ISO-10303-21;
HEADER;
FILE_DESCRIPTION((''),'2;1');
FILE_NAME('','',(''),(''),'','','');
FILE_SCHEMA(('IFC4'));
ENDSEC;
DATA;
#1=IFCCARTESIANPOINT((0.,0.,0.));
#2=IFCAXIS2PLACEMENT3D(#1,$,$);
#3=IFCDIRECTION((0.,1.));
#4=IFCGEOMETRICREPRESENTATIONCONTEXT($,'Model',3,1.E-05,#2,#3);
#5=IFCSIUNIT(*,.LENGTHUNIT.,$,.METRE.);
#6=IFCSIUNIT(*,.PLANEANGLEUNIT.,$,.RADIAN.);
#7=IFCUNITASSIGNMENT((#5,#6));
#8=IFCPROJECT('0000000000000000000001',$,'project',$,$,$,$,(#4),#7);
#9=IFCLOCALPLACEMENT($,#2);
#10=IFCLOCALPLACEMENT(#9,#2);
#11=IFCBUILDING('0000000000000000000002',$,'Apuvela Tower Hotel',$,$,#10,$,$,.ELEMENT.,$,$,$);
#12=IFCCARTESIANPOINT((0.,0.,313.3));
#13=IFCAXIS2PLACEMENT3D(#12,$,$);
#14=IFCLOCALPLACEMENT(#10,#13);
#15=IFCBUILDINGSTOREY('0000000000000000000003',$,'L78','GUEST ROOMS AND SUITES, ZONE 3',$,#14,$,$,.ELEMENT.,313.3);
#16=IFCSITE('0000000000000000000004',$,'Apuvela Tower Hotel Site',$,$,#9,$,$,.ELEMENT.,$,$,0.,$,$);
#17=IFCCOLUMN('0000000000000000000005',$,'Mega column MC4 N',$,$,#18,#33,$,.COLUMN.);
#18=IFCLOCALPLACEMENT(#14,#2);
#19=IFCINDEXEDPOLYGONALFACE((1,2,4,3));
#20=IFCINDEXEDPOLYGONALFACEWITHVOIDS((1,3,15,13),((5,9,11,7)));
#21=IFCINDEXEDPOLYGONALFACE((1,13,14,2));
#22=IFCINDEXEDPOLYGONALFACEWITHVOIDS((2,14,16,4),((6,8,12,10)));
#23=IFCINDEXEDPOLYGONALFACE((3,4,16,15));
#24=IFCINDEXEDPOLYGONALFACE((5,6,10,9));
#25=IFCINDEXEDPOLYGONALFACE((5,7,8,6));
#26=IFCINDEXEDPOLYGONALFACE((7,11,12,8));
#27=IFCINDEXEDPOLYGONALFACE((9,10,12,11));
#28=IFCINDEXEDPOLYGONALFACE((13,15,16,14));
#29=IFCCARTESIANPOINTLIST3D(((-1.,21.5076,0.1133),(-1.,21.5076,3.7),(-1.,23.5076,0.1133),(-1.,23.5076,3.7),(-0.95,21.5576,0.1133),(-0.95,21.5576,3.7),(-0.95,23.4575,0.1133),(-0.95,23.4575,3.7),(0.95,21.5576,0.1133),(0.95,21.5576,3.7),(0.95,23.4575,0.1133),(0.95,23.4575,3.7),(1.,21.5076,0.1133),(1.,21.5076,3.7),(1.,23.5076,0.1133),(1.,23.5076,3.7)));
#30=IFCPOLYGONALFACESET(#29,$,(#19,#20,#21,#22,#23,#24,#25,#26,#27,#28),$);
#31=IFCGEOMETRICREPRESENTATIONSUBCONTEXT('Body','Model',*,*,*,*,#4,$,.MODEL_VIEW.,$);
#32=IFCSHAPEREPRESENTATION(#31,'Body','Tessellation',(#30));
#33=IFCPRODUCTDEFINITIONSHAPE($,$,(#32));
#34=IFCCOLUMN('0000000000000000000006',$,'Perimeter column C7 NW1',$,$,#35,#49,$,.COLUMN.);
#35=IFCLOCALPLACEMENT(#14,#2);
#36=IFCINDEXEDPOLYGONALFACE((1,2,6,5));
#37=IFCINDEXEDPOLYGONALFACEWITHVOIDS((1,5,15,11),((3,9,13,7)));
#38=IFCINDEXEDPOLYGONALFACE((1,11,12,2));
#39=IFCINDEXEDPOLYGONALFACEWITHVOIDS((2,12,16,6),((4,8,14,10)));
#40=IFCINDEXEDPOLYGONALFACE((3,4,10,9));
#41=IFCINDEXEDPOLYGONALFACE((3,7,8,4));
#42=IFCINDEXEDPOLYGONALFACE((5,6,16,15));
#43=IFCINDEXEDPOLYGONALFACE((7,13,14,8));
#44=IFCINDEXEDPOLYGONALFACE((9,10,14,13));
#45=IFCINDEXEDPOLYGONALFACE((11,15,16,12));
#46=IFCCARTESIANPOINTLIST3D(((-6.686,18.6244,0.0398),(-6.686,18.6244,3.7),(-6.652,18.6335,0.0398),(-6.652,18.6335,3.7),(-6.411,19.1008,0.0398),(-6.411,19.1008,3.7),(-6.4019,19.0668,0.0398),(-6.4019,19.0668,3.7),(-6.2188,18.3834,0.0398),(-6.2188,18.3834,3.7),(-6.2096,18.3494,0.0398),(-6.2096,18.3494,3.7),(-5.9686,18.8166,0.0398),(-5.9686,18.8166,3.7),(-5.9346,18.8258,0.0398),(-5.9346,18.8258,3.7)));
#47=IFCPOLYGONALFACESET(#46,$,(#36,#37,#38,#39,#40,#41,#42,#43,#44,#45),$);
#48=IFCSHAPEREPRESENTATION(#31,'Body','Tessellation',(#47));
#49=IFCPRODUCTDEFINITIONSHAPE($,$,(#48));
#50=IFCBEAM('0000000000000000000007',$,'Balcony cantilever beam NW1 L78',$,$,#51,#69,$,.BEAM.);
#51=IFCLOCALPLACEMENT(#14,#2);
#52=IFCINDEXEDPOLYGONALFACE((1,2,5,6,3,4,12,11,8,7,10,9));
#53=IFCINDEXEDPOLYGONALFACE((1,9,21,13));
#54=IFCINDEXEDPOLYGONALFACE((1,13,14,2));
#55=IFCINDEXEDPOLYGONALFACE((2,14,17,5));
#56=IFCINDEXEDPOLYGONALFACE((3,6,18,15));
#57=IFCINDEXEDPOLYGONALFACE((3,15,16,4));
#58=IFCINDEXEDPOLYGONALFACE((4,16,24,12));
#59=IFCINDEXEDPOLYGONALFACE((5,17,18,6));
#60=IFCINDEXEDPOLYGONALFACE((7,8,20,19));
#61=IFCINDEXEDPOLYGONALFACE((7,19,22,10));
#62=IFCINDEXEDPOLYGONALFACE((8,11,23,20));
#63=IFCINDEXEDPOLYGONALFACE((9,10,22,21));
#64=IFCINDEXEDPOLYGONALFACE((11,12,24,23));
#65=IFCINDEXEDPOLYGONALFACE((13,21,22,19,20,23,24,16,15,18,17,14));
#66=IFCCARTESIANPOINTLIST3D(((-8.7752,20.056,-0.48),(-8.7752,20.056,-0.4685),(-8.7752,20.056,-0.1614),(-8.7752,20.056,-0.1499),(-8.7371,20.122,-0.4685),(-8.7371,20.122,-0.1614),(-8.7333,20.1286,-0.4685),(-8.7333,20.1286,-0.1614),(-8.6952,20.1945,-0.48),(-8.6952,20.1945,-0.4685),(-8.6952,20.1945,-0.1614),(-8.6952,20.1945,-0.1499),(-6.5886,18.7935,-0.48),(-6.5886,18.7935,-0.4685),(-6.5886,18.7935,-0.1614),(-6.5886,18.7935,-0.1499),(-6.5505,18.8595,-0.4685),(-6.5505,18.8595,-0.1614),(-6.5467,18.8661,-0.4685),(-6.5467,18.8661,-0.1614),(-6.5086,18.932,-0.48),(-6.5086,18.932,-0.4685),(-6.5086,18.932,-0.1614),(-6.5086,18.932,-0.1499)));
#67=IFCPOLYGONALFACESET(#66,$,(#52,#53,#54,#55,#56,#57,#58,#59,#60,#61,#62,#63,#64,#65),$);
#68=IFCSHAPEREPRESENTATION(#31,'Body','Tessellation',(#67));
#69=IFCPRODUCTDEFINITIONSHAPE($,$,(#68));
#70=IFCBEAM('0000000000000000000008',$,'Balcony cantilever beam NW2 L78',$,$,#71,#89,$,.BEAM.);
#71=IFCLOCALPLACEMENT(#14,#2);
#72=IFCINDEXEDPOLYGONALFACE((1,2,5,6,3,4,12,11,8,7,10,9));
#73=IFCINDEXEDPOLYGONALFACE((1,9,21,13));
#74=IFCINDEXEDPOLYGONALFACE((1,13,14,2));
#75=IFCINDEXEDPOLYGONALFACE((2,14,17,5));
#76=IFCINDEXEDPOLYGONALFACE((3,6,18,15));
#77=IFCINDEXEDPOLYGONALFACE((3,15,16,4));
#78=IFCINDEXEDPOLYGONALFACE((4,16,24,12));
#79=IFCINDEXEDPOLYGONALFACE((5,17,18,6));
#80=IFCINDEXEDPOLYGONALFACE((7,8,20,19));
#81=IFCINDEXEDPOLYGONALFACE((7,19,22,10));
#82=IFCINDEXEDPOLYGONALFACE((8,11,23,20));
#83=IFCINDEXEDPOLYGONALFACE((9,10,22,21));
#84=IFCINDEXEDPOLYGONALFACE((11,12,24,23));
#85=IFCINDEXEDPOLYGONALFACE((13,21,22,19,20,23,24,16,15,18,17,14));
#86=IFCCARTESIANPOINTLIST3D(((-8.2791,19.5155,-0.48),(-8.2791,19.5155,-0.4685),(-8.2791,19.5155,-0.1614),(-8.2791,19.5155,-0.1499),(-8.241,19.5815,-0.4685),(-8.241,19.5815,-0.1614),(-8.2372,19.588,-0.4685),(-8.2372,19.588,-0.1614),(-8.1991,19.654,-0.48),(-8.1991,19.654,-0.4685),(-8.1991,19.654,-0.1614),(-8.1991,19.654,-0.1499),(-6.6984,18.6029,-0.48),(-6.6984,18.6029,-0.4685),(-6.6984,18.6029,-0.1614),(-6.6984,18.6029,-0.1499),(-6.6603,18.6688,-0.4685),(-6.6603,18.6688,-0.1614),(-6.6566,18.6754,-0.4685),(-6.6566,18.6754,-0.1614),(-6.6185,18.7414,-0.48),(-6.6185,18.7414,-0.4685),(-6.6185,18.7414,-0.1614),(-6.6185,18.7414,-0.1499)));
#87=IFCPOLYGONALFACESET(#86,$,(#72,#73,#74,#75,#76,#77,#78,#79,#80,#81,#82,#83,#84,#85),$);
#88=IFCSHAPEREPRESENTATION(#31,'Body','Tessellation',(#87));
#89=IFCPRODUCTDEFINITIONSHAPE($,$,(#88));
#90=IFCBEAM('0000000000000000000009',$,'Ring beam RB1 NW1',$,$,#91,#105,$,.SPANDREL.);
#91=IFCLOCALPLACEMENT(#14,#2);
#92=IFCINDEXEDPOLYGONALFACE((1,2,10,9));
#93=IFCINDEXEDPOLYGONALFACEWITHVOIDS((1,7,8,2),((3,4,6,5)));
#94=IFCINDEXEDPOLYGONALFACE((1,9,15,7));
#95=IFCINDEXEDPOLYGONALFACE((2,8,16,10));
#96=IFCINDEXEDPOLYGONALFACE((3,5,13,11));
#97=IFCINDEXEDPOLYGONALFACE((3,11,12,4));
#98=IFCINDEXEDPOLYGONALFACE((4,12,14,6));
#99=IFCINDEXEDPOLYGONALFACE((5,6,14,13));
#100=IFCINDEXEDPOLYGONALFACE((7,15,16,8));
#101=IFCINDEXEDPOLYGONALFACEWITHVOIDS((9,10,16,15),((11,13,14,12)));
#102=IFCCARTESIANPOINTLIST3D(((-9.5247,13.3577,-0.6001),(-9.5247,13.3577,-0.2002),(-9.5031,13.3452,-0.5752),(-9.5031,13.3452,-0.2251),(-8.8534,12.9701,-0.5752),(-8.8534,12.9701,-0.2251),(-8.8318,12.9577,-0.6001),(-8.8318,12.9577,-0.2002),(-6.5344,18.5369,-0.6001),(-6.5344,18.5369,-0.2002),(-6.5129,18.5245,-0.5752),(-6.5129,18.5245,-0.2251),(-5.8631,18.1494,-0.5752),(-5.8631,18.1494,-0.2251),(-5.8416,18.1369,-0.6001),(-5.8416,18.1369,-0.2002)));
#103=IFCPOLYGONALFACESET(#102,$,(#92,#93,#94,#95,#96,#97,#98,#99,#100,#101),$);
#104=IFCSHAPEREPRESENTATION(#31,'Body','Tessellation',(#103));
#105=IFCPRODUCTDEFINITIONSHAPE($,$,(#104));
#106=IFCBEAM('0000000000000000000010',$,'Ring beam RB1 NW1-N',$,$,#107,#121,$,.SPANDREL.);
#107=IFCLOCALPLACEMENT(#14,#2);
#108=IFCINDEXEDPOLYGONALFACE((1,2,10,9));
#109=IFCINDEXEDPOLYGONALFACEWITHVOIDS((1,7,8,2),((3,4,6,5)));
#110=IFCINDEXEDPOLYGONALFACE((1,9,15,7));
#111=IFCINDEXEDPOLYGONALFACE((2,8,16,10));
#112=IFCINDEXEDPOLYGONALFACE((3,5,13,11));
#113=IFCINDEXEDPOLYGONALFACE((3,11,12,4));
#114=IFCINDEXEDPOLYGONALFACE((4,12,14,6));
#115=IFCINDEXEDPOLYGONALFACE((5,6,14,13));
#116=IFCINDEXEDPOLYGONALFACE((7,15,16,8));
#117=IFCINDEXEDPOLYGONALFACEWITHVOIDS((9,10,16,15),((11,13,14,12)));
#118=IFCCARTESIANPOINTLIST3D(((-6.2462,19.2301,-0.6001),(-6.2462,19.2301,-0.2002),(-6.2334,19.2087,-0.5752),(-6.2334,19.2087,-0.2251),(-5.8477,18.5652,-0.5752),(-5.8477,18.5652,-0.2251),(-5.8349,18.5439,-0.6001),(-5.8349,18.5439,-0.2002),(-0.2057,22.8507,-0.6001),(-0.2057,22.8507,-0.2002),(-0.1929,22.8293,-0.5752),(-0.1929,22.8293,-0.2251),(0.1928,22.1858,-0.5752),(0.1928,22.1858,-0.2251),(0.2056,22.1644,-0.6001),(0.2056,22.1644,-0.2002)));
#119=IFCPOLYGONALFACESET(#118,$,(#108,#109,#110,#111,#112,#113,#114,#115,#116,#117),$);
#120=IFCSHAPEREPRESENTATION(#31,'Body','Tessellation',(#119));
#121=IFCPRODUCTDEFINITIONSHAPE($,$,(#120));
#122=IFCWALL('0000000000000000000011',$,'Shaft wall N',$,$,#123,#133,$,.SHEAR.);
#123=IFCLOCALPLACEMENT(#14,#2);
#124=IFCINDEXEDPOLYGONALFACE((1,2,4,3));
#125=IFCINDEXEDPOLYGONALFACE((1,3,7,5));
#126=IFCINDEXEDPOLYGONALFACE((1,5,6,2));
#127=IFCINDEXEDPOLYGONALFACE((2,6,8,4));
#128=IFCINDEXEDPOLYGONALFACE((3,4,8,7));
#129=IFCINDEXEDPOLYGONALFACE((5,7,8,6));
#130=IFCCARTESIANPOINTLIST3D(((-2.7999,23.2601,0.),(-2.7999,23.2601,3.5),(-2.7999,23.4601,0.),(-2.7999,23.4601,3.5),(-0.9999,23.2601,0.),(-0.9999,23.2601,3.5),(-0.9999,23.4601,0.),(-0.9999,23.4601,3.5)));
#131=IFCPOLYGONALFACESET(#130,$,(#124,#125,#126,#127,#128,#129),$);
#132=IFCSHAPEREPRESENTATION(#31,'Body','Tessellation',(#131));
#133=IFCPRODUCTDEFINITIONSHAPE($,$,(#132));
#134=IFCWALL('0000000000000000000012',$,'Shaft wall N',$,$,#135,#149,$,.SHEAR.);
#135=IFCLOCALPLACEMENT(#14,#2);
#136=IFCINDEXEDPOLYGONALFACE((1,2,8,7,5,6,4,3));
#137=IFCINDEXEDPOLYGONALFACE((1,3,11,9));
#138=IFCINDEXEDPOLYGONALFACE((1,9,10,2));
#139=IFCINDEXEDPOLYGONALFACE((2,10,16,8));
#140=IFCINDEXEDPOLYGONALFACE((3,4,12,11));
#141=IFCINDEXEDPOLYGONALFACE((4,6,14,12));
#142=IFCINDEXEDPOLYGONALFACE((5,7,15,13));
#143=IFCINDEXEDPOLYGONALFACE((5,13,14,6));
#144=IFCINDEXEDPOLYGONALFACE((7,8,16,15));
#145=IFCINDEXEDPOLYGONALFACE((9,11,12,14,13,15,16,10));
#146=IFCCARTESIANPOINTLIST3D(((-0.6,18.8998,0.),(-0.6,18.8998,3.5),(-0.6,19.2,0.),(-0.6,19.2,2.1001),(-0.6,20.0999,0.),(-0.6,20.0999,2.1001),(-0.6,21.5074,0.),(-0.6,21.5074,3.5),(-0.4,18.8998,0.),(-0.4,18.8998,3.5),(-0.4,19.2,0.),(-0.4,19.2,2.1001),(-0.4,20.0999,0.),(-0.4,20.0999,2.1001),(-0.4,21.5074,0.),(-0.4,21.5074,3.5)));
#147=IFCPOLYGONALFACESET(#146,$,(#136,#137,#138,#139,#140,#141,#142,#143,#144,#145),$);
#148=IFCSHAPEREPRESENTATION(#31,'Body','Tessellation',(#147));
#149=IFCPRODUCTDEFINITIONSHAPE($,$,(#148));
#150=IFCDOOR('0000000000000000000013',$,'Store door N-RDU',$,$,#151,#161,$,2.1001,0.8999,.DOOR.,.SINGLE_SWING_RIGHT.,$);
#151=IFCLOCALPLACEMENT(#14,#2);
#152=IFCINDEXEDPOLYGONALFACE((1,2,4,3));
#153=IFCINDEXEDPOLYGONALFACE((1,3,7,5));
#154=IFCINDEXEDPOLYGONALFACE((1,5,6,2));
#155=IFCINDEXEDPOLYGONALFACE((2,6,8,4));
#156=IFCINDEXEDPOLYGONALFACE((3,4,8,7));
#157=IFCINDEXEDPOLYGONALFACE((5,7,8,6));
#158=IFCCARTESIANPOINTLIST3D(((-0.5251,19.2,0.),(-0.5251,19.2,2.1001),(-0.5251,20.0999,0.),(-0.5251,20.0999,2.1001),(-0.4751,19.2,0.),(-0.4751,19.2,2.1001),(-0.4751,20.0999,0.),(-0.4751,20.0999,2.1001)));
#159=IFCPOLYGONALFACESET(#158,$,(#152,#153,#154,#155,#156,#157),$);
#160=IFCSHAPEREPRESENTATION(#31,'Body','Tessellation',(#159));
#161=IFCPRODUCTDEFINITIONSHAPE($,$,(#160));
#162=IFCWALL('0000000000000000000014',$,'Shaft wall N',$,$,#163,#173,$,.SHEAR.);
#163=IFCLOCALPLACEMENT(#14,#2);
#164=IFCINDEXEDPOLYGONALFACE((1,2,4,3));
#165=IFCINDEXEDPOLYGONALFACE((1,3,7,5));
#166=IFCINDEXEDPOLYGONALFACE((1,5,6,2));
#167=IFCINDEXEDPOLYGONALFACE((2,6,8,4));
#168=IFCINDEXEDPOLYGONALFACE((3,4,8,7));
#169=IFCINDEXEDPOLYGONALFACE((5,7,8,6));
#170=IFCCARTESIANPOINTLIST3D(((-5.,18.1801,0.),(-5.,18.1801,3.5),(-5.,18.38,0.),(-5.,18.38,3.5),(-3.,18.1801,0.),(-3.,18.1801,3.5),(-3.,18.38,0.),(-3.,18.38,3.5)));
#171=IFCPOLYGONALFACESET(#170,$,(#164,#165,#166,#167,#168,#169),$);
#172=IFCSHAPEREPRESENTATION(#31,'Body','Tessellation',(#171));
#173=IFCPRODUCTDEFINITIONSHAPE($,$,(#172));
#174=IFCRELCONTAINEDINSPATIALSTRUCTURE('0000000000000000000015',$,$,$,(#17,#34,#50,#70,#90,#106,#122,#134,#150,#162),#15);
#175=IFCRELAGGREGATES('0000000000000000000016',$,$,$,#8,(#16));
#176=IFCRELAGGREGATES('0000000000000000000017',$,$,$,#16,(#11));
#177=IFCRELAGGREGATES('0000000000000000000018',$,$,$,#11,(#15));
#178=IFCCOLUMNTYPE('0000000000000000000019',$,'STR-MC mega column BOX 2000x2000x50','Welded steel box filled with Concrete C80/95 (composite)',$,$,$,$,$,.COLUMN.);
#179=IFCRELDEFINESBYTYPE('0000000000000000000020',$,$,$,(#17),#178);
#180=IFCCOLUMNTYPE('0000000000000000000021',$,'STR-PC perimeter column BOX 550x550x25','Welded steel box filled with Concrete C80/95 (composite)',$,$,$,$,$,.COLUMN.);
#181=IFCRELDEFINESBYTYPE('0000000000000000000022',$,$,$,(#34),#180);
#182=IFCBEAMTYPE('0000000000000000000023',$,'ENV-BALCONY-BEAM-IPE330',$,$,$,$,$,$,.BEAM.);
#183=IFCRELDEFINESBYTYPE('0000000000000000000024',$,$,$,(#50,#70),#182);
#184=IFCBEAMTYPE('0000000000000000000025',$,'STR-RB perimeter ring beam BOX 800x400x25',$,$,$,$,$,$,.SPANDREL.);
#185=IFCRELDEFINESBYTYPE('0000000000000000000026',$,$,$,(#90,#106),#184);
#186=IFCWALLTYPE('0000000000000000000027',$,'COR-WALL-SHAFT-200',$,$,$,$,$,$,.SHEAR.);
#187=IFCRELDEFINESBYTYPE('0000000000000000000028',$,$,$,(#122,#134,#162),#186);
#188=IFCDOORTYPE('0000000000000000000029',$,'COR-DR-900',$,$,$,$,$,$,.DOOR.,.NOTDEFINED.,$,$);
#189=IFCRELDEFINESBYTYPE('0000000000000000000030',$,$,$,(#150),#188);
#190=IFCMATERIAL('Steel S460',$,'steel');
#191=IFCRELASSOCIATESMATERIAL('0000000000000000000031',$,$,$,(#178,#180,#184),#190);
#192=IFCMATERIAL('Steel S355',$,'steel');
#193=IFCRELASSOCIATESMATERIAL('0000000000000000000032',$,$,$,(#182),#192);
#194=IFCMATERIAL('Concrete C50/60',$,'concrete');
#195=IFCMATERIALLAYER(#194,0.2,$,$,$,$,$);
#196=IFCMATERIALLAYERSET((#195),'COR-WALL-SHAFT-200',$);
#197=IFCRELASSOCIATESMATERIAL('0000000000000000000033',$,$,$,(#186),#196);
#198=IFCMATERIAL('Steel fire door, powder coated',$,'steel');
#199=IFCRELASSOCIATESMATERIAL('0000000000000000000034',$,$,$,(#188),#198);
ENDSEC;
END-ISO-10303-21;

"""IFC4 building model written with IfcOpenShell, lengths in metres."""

from ifc_helpers import new_model, si_unit, direction, frame, frame_2d, origin, origin_2d, place, context, subcontext, project, spatial, rectangle, hollow_rectangle, i_section, extrude, boolean, halfspace, material, layer, layer_set, material_profile, profile_set, type_object, element, fill, save


model = new_model("IFC4")

# Units and contexts
model_context = context("Model", 3, precision=1e-05, world=origin(), true_north=direction((0.0, 1.0)))
body_context = subcontext(model_context, "Body", "Model", "MODEL_VIEW")
ifc_project = project(units=[si_unit("LENGTHUNIT", "METRE"), si_unit("PLANEANGLEUNIT", "RADIAN")], contexts=[model_context])

# Site, building, storey
site_placement = place(None, origin())
site = spatial("IfcSite", under=ifc_project, at=site_placement, Name="Apuvela Tower Hotel Site", CompositionType="ELEMENT", RefElevation=0.0)
building_placement = place(site_placement, origin())
building = spatial("IfcBuilding", under=site, at=building_placement, Name="Apuvela Tower Hotel", CompositionType="ELEMENT")
storey_placement = place(building_placement, frame((0.0, 0.0, 313.3)))
storey = spatial("IfcBuildingStorey", under=building, at=storey_placement, Name="L78", Description="GUEST ROOMS AND SUITES, ZONE 3", CompositionType="ELEMENT", Elevation=313.3)

# Columns
ifc_material_1 = material(Name="Steel S460", Category="steel")
ifc_material_profile_1 = material_profile(ifc_material_1, hollow_rectangle(XDim=2.0, YDim=2.0, WallThickness=0.05, at=origin_2d()), Name="BOX 2000x2000x50")
ifc_material_2 = material(Name="Concrete C80/95", Category="concrete")
ifc_material_profile_2 = material_profile(ifc_material_2, rectangle(XDim=1.8999, YDim=1.8999, at=origin_2d()), Name="Concrete C80/95 infill")
ifc_profile_set_1 = profile_set([ifc_material_profile_1, ifc_material_profile_2], Name="Steel S460")
column_type_1 = type_object("IfcColumnType", Name="STR-MC mega column BOX 2000x2000x50", Description="Welded steel box filled with Concrete C80/95 (composite)", PredefinedType="COLUMN", material=ifc_profile_set_1)
column_1_placement = place(storey_placement, frame((0.0, 22.5076, 0.0), z_axis=(0.0, 0.0, 1.0), x_axis=(1.0, 0.0, 0.0)))
element("IfcColumn", 1, at=column_1_placement, inside=storey, type_object=column_type_1, Name="Mega column MC4 N", PredefinedType="COLUMN", context=body_context, shape_type="SweptSolid", body=[
    boolean("DIFFERENCE", extrude(hollow_rectangle(XDim=2.0, YDim=2.0, WallThickness=0.05, at=origin_2d()), origin(), (0.0, 0.0, 1.0), 3.7), halfspace(frame((0.0, 0.0, 0.1133), z_axis=(0.0, 0.0, 1.0), x_axis=(1.0, 0.0, 0.0)), True)),
])
ifc_material_profile_3 = material_profile(ifc_material_1, hollow_rectangle(XDim=0.55, YDim=0.55, WallThickness=0.0249, at=origin_2d()), Name="BOX 550x550x25")
ifc_material_profile_4 = material_profile(ifc_material_2, rectangle(XDim=0.5, YDim=0.5, at=origin_2d()), Name="Concrete C80/95 infill")
ifc_profile_set_2 = profile_set([ifc_material_profile_3, ifc_material_profile_4], Name="Steel S460")
column_type_2 = type_object("IfcColumnType", Name="STR-PC perimeter column BOX 550x550x25", Description="Welded steel box filled with Concrete C80/95 (composite)", PredefinedType="COLUMN", material=ifc_profile_set_2)
column_2_placement = place(storey_placement, frame((-6.3103, 18.7251, 0.0), z_axis=(0.0, 0.0, 1.0), x_axis=(0.5, 0.866025, 0.0)))
element("IfcColumn", 2, at=column_2_placement, inside=storey, type_object=column_type_2, Name="Perimeter column C7 NW1", PredefinedType="COLUMN", context=body_context, shape_type="SweptSolid", body=[
    boolean("DIFFERENCE", extrude(hollow_rectangle(XDim=0.55, YDim=0.55, WallThickness=0.0249, at=origin_2d()), origin(), (0.0, 0.0, 1.0), 3.7), halfspace(frame((0.0, 0.0, 0.0398), z_axis=(0.0, 0.0, 1.0), x_axis=(1.0, 0.0, 0.0)), True)),
])

# Beams
ifc_material_3 = material(Name="Steel S355", Category="steel")
ifc_material_profile_5 = material_profile(ifc_material_3, i_section(OverallWidth=0.1599, OverallDepth=0.3301, WebThickness=0.0076, FlangeThickness=0.0115, at=origin_2d()), Name="IPE 330")
ifc_profile_set_3 = profile_set([ifc_material_profile_5], Name="Steel S355")
beam_type_1 = type_object("IfcBeamType", Name="ENV-BALCONY-BEAM-IPE330", PredefinedType="BEAM", material=ifc_profile_set_3)
beam_1_placement = place(storey_placement, frame((-6.5486, 18.8628, -0.3149), z_axis=(-0.866015, 0.500018, 0.0), x_axis=(-0.500018, -0.866015, 0.0)))
element("IfcBeam", 3, at=beam_1_placement, inside=storey, type_object=beam_type_1, Name="Balcony cantilever beam NW1 L78", PredefinedType="BEAM", context=body_context, shape_type="SweptSolid", body=[
    extrude(i_section(OverallWidth=0.1599, OverallDepth=0.3301, WebThickness=0.0076, FlangeThickness=0.0115, at=origin_2d()), origin(), (0.0, 0.0, 1.0), 2.5249),
])
beam_2_placement = place(storey_placement, frame((-6.6584, 18.6721, -0.3149), z_axis=(-0.866012, 0.500024, 0.0), x_axis=(-0.500024, -0.866012, 0.0)))
element("IfcBeam", 4, at=beam_2_placement, inside=storey, type_object=beam_type_1, Name="Balcony cantilever beam NW2 L78", PredefinedType="BEAM", context=body_context, shape_type="SweptSolid", body=[
    extrude(i_section(OverallWidth=0.1599, OverallDepth=0.3301, WebThickness=0.0076, FlangeThickness=0.0115, at=origin_2d()), origin(), (0.0, 0.0, 1.0), 1.8252),
])
ifc_material_profile_6 = material_profile(ifc_material_1, hollow_rectangle(XDim=0.8, YDim=0.3999, WallThickness=0.0249, at=origin_2d()), Name="BOX 800x400x25")
ifc_profile_set_4 = profile_set([ifc_material_profile_6], Name="Steel S460")
beam_type_2 = type_object("IfcBeamType", Name="STR-RB perimeter ring beam BOX 800x400x25", PredefinedType="SPANDREL", material=ifc_profile_set_4)
beam_3_placement = place(storey_placement, frame((-6.188, 18.3369, -0.4001), z_axis=(-0.500003, -0.866024, 0.0), x_axis=(0.866024, -0.500003, 0.0)))
element("IfcBeam", 5, at=beam_3_placement, inside=storey, type_object=beam_type_2, Name="Ring beam RB1 NW1", PredefinedType="SPANDREL", context=body_context, shape_type="SweptSolid", body=[
    extrude(hollow_rectangle(XDim=0.8, YDim=0.3999, WallThickness=0.0249, at=origin_2d()), origin(), (0.0, 0.0, 1.0), 5.9805),
])
beam_4_placement = place(storey_placement, frame((-6.0405, 18.887, -0.4001), z_axis=(0.857725, 0.514108, 0.0), x_axis=(-0.514108, 0.857725, 0.0)))
element("IfcBeam", 6, at=beam_4_placement, inside=storey, type_object=beam_type_2, Name="Ring beam RB1 NW1-N", PredefinedType="SPANDREL", context=body_context, shape_type="SweptSolid", body=[
    extrude(hollow_rectangle(XDim=0.8, YDim=0.3999, WallThickness=0.0249, at=origin_2d()), origin(), (0.0, 0.0, 1.0), 7.0425),
])

# Wall
ifc_material_4 = material(Name="Concrete C50/60", Category="concrete")
ifc_layer_1 = layer(ifc_material_4, 0.2)
ifc_layer_set_1 = layer_set([ifc_layer_1], Name="COR-WALL-SHAFT-200")
wall_type_1 = type_object("IfcWallType", Name="COR-WALL-SHAFT-200", PredefinedType="SHEAR", material=ifc_layer_set_1)
wall_1_placement = place(storey_placement, frame((-1.0, 23.3601, 0.0), z_axis=(0.0, 0.0, 1.0), x_axis=(-1.0, 0.0, 0.0)))
element("IfcWall", 7, at=wall_1_placement, inside=storey, type_object=wall_type_1, Name="Shaft wall N", PredefinedType="SHEAR", context=body_context, shape_type="SweptSolid", body=[
    extrude(rectangle(XDim=1.8, YDim=0.2, at=frame_2d((0.8999, 0.0))), origin(), (0.0, 0.0, 1.0), 3.5),
])

# Wall, opening, door
wall_2_placement = place(storey_placement, frame((-0.5, 18.8999, 0.0), z_axis=(0.0, 0.0, 1.0), x_axis=(0.0, 1.0, 0.0)))
wall_2 = element("IfcWall", 8, at=wall_2_placement, inside=storey, type_object=wall_type_1, Name="Shaft wall N", PredefinedType="SHEAR", context=body_context, shape_type="SweptSolid", body=[
    extrude(rectangle(XDim=2.6077, YDim=0.2, at=frame_2d((1.3037, 0.0))), origin(), (0.0, 0.0, 1.0), 3.5),
])
opening_1_placement = place(wall_2_placement, frame((0.3, 0.0, 0.0)))
opening_1 = element("IfcOpeningElement", 9, at=opening_1_placement, cuts=wall_2, PredefinedType="OPENING", context=body_context, shape_type="SweptSolid", body=[
    extrude(rectangle(XDim=0.8999, YDim=2.1001, at=frame_2d((0.45, 1.05))), frame((0.0, 0.1099, 0.0), z_axis=(0.0, -1.0, 0.0), x_axis=(1.0, 0.0, 0.0)), (0.0, 0.0, 1.0), 0.22),
])
ifc_material_5 = material(Name="Steel fire door, powder coated", Category="steel")
door_type_1 = type_object("IfcDoorType", Name="COR-DR-900", OperationType="NOTDEFINED", PredefinedType="DOOR", material=ifc_material_5)
door_1_placement = place(opening_1_placement, frame((0.8999, 0.0, 0.0), z_axis=(0.0, 0.0, 1.0), x_axis=(-1.0, 0.0, 0.0)))
door_1 = element("IfcDoor", 10, at=door_1_placement, inside=storey, type_object=door_type_1, Name="Store door N-RDU", OperationType="SINGLE_SWING_RIGHT", OverallHeight=2.1001, OverallWidth=0.8999, PredefinedType="DOOR", context=body_context, shape_type="SweptSolid", body=[
    extrude(rectangle(XDim=0.8999, YDim=2.1001, at=frame_2d((0.45, 1.05))), frame((0.0, 0.0249, 0.0), z_axis=(0.0, -1.0, 0.0), x_axis=(1.0, 0.0, 0.0)), (0.0, 0.0, 1.0), 0.05),
])
fill(opening_1, door_1)

# Wall
for number, where, z_axis, x_axis, name in (
    (11, (-3.0, 18.28, 0.0), (0.0, 0.0, 1.0), (-1.0, 0.0, 0.0), "Shaft wall N"),
):
    element("IfcWall", number, at=place(storey_placement, frame(where, z_axis=z_axis, x_axis=x_axis)), inside=storey, type_object=wall_type_1, Name=name, PredefinedType="SHEAR", context=body_context, shape_type="SweptSolid", body=[
        extrude(rectangle(XDim=2.0, YDim=0.2, at=frame_2d((1.0, 0.0))), origin(), (0.0, 0.0, 1.0), 3.5),
    ])

save(model, "model.ifc")
